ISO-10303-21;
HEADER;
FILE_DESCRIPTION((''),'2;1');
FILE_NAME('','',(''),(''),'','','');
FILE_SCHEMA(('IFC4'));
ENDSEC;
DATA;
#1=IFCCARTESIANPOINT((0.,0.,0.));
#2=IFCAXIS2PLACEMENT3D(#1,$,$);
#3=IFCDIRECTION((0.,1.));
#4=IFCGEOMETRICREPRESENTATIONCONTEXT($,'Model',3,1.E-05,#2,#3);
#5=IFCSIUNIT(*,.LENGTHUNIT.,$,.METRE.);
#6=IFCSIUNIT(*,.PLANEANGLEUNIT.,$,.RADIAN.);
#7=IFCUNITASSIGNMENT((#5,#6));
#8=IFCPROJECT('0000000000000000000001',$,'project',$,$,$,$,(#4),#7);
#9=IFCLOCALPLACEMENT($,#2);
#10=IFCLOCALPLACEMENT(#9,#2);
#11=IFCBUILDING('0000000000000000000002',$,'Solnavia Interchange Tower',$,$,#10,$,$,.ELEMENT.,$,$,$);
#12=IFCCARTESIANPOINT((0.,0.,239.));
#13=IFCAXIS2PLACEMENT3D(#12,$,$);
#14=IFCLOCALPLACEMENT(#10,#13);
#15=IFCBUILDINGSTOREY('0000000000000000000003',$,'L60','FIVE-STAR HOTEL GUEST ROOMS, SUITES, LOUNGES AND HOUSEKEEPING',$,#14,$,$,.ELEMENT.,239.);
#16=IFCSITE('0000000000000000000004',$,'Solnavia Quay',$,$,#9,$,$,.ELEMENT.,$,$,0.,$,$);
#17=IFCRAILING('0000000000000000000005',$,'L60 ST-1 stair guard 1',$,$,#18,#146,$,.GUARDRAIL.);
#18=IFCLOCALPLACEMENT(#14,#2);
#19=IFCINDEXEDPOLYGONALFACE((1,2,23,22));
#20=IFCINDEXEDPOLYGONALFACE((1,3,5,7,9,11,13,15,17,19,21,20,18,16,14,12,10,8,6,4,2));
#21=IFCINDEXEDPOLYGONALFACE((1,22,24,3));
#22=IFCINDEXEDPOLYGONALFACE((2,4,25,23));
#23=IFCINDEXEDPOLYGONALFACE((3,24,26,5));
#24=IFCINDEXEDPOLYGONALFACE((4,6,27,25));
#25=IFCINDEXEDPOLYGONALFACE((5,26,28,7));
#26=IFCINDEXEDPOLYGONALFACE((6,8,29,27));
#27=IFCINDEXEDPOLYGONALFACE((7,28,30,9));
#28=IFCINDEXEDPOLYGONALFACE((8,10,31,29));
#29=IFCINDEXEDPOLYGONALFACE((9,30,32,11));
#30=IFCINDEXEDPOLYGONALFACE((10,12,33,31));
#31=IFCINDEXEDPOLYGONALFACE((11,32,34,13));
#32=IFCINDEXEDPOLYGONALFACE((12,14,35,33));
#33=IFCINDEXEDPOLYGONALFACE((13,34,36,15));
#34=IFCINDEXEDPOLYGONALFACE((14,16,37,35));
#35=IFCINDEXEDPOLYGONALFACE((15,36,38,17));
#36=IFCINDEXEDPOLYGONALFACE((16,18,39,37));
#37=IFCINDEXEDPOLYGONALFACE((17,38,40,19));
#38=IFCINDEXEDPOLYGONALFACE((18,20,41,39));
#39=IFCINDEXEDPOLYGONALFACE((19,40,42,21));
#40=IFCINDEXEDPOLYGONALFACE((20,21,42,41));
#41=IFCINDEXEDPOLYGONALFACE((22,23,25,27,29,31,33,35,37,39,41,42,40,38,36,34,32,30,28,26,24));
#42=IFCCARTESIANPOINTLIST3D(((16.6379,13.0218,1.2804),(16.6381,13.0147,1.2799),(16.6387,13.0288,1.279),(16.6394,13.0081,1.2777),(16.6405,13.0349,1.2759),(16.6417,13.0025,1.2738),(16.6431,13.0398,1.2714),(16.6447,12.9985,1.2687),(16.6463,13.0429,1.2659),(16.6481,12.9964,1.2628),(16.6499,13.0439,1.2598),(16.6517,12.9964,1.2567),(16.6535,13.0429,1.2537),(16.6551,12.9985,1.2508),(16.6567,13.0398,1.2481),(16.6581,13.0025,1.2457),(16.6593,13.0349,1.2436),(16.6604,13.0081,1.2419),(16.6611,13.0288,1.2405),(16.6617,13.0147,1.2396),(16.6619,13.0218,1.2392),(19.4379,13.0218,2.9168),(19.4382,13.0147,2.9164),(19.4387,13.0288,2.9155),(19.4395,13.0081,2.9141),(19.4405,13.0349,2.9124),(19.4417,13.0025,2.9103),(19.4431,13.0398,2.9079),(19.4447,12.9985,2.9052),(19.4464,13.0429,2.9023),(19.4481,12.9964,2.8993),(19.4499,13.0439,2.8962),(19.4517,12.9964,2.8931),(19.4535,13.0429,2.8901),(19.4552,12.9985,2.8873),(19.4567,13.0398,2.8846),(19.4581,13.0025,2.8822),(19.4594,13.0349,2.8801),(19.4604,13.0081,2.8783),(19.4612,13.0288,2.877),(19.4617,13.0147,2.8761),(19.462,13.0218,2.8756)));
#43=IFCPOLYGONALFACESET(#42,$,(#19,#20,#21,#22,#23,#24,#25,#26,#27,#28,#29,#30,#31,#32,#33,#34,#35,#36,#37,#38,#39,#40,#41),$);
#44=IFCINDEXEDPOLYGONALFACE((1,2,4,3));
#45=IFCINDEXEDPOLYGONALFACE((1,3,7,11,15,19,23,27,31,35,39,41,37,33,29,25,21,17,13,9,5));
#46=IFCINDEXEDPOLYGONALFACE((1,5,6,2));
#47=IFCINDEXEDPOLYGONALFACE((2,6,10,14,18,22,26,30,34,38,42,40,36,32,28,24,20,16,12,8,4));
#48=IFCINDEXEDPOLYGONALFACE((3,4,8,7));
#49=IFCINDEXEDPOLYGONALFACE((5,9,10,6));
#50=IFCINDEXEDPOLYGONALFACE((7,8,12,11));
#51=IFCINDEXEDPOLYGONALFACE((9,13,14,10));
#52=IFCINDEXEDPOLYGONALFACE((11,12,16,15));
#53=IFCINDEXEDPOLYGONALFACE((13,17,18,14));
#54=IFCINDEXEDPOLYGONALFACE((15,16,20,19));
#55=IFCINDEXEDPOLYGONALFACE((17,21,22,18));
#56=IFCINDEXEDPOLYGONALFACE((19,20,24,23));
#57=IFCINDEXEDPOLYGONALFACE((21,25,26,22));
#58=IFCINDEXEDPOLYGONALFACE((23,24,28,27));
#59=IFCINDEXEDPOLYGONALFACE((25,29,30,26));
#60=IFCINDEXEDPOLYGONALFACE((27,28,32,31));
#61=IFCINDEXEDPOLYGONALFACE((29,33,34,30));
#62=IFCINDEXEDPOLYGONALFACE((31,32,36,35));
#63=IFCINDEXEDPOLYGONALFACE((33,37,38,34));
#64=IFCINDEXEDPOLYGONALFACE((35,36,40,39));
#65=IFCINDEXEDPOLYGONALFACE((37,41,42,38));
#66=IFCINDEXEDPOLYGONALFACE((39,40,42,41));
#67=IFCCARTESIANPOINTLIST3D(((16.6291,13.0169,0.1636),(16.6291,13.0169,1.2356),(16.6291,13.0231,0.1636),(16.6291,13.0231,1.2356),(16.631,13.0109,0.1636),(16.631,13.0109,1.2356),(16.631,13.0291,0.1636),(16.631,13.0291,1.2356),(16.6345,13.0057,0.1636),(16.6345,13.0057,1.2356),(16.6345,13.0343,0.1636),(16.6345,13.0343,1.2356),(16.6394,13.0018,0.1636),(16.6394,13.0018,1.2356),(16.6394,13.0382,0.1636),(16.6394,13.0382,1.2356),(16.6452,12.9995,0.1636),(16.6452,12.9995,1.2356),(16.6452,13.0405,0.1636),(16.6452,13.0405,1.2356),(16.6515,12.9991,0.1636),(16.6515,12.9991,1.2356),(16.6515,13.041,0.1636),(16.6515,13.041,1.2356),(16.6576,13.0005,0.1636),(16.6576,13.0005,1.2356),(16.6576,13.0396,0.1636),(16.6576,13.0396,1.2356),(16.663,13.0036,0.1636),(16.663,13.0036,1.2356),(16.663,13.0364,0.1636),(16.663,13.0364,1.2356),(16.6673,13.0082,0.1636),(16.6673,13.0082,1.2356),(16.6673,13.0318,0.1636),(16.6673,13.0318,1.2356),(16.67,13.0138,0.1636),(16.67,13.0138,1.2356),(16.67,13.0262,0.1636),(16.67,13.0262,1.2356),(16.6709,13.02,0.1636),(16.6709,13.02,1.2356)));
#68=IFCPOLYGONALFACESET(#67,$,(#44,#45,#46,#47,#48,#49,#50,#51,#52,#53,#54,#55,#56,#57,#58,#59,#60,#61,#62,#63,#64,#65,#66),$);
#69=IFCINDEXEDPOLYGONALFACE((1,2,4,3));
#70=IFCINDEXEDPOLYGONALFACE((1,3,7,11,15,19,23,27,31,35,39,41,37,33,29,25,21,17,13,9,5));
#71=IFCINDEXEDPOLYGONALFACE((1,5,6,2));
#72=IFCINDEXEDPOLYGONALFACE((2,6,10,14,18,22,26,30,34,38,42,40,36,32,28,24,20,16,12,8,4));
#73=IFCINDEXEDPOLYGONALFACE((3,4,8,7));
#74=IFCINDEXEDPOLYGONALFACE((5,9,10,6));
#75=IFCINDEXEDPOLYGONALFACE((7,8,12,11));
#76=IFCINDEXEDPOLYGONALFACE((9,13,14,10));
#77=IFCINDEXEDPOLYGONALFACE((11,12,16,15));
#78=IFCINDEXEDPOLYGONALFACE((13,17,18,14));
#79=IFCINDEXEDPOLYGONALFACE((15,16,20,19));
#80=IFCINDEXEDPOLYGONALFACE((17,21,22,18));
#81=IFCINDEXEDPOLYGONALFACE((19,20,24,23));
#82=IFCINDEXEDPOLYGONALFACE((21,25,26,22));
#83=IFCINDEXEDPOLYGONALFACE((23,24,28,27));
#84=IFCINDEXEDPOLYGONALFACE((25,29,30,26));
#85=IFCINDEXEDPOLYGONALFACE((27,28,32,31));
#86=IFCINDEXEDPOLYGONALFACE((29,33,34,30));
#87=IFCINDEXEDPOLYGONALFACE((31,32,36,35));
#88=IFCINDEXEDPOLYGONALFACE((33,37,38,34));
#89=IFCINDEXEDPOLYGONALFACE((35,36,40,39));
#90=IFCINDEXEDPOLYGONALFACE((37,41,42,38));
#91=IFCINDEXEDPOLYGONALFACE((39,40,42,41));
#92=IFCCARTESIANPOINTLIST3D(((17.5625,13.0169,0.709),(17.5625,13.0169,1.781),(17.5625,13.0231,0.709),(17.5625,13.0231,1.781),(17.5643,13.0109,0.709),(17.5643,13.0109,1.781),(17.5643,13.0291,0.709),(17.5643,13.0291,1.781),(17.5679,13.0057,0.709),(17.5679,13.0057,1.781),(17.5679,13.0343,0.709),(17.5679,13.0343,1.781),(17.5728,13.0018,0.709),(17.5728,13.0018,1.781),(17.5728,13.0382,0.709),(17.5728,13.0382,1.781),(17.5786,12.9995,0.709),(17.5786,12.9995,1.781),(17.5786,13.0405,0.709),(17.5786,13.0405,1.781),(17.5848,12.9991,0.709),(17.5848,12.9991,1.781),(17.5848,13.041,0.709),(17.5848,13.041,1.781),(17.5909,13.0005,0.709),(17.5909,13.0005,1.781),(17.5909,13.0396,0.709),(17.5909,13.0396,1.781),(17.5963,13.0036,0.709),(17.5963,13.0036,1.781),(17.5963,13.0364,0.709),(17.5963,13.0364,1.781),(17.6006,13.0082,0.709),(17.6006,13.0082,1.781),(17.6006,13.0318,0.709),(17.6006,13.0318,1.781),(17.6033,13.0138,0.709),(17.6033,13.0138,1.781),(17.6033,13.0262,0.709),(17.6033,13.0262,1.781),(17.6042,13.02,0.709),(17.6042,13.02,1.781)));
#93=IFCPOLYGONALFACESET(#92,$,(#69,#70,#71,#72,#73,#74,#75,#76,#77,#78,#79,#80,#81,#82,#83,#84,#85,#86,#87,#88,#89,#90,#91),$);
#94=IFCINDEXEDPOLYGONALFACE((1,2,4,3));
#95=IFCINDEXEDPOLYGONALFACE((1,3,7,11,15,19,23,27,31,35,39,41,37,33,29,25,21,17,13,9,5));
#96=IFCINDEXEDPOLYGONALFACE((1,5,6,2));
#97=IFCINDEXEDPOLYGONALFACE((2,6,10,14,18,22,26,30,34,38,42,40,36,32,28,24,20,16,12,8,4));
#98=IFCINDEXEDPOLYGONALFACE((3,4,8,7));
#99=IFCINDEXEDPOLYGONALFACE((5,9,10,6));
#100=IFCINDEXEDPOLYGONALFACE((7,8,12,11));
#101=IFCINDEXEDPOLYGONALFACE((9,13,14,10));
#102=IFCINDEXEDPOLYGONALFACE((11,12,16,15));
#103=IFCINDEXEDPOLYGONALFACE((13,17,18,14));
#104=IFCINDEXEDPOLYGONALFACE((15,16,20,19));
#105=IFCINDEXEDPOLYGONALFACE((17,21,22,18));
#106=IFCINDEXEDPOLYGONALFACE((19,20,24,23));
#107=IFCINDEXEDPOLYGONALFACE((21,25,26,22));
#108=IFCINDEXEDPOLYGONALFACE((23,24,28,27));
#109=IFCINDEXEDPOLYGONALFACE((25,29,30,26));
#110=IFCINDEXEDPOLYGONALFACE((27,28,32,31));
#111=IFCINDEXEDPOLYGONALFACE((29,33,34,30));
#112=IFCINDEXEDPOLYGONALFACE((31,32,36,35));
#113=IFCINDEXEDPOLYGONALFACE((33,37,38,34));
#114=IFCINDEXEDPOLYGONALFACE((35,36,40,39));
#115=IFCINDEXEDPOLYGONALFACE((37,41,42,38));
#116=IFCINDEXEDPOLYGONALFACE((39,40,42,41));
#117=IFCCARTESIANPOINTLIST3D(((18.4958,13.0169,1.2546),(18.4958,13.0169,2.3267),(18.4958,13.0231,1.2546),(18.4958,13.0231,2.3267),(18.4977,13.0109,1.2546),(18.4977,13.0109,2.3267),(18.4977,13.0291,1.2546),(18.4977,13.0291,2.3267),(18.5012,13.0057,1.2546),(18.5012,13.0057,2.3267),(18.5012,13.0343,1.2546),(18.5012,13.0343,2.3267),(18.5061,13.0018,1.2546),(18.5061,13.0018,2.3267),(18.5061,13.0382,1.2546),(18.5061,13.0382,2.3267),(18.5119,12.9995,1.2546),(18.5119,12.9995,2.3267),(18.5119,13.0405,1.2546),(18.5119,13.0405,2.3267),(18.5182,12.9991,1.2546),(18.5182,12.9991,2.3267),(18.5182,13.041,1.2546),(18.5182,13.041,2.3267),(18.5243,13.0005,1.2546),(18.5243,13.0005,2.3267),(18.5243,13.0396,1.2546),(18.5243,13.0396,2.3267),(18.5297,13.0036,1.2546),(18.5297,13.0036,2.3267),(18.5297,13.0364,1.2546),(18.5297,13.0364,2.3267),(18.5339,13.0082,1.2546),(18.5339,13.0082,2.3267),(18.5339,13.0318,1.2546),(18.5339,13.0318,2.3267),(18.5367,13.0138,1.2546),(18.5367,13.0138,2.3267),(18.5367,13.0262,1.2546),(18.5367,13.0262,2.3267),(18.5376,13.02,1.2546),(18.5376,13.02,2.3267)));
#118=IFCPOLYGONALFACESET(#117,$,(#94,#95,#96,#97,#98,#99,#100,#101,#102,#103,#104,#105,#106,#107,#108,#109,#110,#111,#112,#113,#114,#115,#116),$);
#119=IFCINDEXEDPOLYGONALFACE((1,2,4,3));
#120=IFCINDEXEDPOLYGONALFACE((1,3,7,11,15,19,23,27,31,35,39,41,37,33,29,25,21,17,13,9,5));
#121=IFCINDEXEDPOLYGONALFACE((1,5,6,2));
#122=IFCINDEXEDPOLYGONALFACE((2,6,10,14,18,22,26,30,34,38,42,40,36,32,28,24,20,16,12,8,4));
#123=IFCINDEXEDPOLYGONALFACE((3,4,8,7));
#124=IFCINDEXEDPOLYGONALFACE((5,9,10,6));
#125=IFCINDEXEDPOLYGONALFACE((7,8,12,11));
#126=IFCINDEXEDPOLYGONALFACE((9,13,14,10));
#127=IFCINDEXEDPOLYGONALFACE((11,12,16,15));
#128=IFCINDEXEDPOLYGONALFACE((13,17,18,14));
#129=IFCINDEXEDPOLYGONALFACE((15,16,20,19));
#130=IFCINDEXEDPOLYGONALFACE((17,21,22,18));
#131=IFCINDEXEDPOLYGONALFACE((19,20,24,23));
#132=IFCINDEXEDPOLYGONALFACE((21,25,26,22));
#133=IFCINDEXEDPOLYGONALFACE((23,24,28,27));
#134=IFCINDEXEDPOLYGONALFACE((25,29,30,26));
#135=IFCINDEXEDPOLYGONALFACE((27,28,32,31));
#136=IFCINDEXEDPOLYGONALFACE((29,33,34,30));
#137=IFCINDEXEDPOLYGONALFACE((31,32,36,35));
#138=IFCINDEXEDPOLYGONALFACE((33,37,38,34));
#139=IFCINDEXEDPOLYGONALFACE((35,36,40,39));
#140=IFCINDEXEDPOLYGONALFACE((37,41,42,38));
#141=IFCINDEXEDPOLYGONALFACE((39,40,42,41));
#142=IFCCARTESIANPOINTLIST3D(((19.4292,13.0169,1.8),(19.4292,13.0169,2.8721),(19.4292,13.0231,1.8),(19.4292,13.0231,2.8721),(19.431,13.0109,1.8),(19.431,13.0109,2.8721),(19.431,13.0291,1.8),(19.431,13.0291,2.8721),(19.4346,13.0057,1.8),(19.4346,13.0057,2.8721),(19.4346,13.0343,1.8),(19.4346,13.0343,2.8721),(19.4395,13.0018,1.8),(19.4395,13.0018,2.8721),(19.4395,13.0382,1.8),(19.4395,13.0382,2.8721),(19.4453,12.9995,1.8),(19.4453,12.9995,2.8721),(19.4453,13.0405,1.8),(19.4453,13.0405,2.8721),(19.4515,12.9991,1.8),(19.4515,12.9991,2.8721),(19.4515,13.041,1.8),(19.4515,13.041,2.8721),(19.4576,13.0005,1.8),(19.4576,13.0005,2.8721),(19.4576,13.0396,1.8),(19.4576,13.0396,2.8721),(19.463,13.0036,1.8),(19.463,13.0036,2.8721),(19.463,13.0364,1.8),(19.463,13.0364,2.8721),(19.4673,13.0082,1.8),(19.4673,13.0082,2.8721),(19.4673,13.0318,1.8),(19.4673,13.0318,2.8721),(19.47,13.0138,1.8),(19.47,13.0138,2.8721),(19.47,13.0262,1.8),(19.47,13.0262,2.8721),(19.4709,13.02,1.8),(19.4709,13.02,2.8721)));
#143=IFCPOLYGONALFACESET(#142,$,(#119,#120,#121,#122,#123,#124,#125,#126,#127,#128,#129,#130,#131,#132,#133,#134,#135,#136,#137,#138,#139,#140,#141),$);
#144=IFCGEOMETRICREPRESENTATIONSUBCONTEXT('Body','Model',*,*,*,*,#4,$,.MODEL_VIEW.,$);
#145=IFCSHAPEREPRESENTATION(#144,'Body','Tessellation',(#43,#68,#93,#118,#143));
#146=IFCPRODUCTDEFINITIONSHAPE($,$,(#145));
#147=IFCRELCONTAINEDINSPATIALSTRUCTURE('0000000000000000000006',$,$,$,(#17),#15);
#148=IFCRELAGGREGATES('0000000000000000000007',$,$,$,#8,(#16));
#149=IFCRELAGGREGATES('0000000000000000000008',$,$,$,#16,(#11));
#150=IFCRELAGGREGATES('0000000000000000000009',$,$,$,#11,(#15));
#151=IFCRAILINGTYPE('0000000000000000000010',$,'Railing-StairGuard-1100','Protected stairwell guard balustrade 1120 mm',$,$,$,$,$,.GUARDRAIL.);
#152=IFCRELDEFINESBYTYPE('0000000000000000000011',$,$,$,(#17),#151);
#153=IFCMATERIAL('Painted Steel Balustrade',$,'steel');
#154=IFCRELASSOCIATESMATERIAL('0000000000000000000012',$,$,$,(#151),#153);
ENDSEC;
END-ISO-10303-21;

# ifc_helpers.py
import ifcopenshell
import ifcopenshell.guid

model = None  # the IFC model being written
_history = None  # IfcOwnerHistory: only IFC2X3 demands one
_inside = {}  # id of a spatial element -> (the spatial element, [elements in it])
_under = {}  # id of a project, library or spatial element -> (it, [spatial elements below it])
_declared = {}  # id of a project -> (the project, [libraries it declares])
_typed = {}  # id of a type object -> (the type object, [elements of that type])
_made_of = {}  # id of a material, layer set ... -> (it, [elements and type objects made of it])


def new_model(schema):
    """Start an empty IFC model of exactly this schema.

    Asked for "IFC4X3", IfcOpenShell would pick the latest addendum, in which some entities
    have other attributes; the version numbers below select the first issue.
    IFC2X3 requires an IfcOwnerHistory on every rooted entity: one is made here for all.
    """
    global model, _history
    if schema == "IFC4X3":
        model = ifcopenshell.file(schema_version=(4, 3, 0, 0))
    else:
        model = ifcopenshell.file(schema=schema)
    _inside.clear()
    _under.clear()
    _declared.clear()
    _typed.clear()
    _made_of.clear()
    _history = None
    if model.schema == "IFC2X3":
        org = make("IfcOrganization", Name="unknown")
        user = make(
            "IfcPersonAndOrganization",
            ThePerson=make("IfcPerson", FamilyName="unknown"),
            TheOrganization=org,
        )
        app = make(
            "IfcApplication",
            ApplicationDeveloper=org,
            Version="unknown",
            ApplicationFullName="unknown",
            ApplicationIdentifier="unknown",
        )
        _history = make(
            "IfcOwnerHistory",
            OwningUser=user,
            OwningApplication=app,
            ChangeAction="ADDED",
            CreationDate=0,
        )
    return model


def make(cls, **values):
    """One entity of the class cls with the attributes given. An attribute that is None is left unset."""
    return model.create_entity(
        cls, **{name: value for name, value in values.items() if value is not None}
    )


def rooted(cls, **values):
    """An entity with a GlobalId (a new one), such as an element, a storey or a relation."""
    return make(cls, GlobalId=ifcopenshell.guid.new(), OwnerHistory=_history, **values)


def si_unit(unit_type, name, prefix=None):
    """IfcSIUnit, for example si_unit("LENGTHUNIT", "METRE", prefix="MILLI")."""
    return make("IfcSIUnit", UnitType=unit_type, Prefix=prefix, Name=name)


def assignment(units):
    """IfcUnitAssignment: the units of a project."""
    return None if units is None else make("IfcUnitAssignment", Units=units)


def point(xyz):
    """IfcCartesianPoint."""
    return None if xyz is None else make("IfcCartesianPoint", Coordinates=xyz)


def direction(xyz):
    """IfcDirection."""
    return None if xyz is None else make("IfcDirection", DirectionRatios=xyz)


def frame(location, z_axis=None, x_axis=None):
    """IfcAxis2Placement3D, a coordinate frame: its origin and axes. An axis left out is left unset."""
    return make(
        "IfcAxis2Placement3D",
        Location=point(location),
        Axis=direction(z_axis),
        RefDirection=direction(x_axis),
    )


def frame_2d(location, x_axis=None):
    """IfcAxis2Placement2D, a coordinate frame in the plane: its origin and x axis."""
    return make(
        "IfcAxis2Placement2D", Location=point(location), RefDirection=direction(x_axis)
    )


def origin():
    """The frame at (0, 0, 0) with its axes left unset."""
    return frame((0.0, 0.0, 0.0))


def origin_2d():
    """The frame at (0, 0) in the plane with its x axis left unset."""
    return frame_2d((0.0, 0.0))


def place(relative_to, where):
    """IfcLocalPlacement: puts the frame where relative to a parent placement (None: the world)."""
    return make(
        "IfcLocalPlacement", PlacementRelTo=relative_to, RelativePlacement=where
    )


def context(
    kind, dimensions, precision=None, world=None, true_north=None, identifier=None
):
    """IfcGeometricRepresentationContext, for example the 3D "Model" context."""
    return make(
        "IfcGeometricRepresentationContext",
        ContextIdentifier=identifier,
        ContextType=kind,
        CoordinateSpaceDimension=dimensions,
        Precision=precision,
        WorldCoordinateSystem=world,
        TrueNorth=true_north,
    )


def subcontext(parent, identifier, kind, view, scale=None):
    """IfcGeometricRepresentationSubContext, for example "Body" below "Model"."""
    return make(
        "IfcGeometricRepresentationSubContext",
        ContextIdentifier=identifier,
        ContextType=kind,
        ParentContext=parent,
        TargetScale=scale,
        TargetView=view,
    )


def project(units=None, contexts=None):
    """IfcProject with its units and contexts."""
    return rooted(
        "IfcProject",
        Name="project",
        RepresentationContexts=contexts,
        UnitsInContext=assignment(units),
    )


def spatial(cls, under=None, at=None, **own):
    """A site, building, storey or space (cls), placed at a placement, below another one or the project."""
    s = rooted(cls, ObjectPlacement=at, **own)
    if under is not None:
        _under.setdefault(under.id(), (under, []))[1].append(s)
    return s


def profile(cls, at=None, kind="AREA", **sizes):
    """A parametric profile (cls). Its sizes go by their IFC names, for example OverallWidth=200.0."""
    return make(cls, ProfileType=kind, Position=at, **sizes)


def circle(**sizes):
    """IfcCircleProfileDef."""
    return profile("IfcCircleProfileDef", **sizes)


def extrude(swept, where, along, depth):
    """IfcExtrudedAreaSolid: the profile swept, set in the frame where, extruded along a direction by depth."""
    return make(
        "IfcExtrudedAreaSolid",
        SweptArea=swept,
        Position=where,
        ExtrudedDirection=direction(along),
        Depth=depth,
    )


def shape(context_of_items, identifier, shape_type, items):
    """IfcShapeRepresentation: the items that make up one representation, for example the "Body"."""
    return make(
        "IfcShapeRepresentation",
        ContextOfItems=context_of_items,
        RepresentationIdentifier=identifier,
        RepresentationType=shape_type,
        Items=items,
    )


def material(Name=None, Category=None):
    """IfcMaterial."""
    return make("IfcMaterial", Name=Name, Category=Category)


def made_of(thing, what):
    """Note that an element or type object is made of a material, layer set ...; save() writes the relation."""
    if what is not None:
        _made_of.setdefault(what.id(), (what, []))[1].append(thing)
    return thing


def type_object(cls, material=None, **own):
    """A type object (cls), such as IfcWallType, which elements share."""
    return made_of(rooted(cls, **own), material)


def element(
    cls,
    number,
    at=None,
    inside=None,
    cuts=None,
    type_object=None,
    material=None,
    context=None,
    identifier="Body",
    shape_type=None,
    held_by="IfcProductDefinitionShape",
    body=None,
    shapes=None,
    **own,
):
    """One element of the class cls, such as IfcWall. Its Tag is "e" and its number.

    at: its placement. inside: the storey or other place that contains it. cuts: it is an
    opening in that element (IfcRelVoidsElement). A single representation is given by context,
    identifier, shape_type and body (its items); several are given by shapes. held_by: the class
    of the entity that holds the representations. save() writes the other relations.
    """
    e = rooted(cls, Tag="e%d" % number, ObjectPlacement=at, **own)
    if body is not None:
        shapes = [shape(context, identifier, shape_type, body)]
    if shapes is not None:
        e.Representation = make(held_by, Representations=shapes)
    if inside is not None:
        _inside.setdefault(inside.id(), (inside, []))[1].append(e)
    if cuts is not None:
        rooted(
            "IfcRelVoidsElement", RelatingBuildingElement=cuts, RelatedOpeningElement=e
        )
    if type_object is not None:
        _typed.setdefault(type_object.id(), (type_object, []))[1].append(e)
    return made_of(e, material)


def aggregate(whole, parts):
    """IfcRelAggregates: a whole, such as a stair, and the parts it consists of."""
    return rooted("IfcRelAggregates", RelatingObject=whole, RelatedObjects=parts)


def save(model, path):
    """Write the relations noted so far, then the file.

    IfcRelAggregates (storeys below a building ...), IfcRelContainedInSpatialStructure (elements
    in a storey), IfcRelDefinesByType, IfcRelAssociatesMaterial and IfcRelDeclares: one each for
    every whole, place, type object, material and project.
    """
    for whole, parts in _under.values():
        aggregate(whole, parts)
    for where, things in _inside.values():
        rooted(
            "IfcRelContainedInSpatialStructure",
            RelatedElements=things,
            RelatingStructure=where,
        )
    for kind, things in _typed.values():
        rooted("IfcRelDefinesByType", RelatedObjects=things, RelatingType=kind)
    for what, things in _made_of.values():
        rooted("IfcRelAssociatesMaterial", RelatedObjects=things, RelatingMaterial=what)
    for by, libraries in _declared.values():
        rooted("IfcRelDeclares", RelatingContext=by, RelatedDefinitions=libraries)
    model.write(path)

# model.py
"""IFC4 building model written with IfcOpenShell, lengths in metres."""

from ifc_helpers import new_model, si_unit, direction, frame, origin, origin_2d, place, context, subcontext, project, spatial, circle, extrude, material, type_object, element, save


model = new_model("IFC4")

# Units and contexts
model_context = context("Model", 3, precision=1e-05, world=origin(), true_north=direction((0.0, 1.0)))
body_context = subcontext(model_context, "Body", "Model", "MODEL_VIEW")
ifc_project = project(units=[si_unit("LENGTHUNIT", "METRE"), si_unit("PLANEANGLEUNIT", "RADIAN")], contexts=[model_context])

# Site, building, storey
site_placement = place(None, origin())
site = spatial("IfcSite", under=ifc_project, at=site_placement, Name="Solnavia Quay", CompositionType="ELEMENT", RefElevation=0.0)
building_placement = place(site_placement, origin())
building = spatial("IfcBuilding", under=site, at=building_placement, Name="Solnavia Interchange Tower", CompositionType="ELEMENT")
storey_placement = place(building_placement, frame((0.0, 0.0, 239.0)))
storey = spatial("IfcBuildingStorey", under=building, at=storey_placement, Name="L60", Description="FIVE-STAR HOTEL GUEST ROOMS, SUITES, LOUNGES AND HOUSEKEEPING", CompositionType="ELEMENT", Elevation=239.0)

# Railing
ifc_material_1 = material(Name="Painted Steel Balustrade", Category="steel")
railing_type_1 = type_object("IfcRailingType", Name="Railing-StairGuard-1100", Description="Protected stairwell guard balustrade 1120 mm", PredefinedType="GUARDRAIL", material=ifc_material_1)
railing_1_placement = place(storey_placement, frame((16.6499, 13.02, 0.1636)))
element("IfcRailing", 1, at=railing_1_placement, inside=storey, type_object=railing_type_1, Name="L60 ST-1 stair guard 1", PredefinedType="GUARDRAIL", context=body_context, shape_type="SweptSolid", body=[
    extrude(circle(Radius=0.0239, at=origin_2d()), frame((0.0, 0.0, 1.0962), z_axis=(0.863361, 0.0, 0.504587), x_axis=(0.0, 1.0, 0.0)), (0.0, 0.0, 1.0), 3.2432),
    extrude(circle(Radius=0.021, at=origin_2d()), origin(), (0.0, 0.0, 1.0), 1.072),
    extrude(circle(Radius=0.021, at=origin_2d()), frame((0.9333, 0.0, 0.5454)), (0.0, 0.0, 1.0), 1.072),
    extrude(circle(Radius=0.021, at=origin_2d()), frame((1.8667, 0.0, 1.0911)), (0.0, 0.0, 1.0), 1.072),
    extrude(circle(Radius=0.021, at=origin_2d()), frame((2.8, 0.0, 1.6365)), (0.0, 0.0, 1.0), 1.072),
])

save(model, "model.ifc")
